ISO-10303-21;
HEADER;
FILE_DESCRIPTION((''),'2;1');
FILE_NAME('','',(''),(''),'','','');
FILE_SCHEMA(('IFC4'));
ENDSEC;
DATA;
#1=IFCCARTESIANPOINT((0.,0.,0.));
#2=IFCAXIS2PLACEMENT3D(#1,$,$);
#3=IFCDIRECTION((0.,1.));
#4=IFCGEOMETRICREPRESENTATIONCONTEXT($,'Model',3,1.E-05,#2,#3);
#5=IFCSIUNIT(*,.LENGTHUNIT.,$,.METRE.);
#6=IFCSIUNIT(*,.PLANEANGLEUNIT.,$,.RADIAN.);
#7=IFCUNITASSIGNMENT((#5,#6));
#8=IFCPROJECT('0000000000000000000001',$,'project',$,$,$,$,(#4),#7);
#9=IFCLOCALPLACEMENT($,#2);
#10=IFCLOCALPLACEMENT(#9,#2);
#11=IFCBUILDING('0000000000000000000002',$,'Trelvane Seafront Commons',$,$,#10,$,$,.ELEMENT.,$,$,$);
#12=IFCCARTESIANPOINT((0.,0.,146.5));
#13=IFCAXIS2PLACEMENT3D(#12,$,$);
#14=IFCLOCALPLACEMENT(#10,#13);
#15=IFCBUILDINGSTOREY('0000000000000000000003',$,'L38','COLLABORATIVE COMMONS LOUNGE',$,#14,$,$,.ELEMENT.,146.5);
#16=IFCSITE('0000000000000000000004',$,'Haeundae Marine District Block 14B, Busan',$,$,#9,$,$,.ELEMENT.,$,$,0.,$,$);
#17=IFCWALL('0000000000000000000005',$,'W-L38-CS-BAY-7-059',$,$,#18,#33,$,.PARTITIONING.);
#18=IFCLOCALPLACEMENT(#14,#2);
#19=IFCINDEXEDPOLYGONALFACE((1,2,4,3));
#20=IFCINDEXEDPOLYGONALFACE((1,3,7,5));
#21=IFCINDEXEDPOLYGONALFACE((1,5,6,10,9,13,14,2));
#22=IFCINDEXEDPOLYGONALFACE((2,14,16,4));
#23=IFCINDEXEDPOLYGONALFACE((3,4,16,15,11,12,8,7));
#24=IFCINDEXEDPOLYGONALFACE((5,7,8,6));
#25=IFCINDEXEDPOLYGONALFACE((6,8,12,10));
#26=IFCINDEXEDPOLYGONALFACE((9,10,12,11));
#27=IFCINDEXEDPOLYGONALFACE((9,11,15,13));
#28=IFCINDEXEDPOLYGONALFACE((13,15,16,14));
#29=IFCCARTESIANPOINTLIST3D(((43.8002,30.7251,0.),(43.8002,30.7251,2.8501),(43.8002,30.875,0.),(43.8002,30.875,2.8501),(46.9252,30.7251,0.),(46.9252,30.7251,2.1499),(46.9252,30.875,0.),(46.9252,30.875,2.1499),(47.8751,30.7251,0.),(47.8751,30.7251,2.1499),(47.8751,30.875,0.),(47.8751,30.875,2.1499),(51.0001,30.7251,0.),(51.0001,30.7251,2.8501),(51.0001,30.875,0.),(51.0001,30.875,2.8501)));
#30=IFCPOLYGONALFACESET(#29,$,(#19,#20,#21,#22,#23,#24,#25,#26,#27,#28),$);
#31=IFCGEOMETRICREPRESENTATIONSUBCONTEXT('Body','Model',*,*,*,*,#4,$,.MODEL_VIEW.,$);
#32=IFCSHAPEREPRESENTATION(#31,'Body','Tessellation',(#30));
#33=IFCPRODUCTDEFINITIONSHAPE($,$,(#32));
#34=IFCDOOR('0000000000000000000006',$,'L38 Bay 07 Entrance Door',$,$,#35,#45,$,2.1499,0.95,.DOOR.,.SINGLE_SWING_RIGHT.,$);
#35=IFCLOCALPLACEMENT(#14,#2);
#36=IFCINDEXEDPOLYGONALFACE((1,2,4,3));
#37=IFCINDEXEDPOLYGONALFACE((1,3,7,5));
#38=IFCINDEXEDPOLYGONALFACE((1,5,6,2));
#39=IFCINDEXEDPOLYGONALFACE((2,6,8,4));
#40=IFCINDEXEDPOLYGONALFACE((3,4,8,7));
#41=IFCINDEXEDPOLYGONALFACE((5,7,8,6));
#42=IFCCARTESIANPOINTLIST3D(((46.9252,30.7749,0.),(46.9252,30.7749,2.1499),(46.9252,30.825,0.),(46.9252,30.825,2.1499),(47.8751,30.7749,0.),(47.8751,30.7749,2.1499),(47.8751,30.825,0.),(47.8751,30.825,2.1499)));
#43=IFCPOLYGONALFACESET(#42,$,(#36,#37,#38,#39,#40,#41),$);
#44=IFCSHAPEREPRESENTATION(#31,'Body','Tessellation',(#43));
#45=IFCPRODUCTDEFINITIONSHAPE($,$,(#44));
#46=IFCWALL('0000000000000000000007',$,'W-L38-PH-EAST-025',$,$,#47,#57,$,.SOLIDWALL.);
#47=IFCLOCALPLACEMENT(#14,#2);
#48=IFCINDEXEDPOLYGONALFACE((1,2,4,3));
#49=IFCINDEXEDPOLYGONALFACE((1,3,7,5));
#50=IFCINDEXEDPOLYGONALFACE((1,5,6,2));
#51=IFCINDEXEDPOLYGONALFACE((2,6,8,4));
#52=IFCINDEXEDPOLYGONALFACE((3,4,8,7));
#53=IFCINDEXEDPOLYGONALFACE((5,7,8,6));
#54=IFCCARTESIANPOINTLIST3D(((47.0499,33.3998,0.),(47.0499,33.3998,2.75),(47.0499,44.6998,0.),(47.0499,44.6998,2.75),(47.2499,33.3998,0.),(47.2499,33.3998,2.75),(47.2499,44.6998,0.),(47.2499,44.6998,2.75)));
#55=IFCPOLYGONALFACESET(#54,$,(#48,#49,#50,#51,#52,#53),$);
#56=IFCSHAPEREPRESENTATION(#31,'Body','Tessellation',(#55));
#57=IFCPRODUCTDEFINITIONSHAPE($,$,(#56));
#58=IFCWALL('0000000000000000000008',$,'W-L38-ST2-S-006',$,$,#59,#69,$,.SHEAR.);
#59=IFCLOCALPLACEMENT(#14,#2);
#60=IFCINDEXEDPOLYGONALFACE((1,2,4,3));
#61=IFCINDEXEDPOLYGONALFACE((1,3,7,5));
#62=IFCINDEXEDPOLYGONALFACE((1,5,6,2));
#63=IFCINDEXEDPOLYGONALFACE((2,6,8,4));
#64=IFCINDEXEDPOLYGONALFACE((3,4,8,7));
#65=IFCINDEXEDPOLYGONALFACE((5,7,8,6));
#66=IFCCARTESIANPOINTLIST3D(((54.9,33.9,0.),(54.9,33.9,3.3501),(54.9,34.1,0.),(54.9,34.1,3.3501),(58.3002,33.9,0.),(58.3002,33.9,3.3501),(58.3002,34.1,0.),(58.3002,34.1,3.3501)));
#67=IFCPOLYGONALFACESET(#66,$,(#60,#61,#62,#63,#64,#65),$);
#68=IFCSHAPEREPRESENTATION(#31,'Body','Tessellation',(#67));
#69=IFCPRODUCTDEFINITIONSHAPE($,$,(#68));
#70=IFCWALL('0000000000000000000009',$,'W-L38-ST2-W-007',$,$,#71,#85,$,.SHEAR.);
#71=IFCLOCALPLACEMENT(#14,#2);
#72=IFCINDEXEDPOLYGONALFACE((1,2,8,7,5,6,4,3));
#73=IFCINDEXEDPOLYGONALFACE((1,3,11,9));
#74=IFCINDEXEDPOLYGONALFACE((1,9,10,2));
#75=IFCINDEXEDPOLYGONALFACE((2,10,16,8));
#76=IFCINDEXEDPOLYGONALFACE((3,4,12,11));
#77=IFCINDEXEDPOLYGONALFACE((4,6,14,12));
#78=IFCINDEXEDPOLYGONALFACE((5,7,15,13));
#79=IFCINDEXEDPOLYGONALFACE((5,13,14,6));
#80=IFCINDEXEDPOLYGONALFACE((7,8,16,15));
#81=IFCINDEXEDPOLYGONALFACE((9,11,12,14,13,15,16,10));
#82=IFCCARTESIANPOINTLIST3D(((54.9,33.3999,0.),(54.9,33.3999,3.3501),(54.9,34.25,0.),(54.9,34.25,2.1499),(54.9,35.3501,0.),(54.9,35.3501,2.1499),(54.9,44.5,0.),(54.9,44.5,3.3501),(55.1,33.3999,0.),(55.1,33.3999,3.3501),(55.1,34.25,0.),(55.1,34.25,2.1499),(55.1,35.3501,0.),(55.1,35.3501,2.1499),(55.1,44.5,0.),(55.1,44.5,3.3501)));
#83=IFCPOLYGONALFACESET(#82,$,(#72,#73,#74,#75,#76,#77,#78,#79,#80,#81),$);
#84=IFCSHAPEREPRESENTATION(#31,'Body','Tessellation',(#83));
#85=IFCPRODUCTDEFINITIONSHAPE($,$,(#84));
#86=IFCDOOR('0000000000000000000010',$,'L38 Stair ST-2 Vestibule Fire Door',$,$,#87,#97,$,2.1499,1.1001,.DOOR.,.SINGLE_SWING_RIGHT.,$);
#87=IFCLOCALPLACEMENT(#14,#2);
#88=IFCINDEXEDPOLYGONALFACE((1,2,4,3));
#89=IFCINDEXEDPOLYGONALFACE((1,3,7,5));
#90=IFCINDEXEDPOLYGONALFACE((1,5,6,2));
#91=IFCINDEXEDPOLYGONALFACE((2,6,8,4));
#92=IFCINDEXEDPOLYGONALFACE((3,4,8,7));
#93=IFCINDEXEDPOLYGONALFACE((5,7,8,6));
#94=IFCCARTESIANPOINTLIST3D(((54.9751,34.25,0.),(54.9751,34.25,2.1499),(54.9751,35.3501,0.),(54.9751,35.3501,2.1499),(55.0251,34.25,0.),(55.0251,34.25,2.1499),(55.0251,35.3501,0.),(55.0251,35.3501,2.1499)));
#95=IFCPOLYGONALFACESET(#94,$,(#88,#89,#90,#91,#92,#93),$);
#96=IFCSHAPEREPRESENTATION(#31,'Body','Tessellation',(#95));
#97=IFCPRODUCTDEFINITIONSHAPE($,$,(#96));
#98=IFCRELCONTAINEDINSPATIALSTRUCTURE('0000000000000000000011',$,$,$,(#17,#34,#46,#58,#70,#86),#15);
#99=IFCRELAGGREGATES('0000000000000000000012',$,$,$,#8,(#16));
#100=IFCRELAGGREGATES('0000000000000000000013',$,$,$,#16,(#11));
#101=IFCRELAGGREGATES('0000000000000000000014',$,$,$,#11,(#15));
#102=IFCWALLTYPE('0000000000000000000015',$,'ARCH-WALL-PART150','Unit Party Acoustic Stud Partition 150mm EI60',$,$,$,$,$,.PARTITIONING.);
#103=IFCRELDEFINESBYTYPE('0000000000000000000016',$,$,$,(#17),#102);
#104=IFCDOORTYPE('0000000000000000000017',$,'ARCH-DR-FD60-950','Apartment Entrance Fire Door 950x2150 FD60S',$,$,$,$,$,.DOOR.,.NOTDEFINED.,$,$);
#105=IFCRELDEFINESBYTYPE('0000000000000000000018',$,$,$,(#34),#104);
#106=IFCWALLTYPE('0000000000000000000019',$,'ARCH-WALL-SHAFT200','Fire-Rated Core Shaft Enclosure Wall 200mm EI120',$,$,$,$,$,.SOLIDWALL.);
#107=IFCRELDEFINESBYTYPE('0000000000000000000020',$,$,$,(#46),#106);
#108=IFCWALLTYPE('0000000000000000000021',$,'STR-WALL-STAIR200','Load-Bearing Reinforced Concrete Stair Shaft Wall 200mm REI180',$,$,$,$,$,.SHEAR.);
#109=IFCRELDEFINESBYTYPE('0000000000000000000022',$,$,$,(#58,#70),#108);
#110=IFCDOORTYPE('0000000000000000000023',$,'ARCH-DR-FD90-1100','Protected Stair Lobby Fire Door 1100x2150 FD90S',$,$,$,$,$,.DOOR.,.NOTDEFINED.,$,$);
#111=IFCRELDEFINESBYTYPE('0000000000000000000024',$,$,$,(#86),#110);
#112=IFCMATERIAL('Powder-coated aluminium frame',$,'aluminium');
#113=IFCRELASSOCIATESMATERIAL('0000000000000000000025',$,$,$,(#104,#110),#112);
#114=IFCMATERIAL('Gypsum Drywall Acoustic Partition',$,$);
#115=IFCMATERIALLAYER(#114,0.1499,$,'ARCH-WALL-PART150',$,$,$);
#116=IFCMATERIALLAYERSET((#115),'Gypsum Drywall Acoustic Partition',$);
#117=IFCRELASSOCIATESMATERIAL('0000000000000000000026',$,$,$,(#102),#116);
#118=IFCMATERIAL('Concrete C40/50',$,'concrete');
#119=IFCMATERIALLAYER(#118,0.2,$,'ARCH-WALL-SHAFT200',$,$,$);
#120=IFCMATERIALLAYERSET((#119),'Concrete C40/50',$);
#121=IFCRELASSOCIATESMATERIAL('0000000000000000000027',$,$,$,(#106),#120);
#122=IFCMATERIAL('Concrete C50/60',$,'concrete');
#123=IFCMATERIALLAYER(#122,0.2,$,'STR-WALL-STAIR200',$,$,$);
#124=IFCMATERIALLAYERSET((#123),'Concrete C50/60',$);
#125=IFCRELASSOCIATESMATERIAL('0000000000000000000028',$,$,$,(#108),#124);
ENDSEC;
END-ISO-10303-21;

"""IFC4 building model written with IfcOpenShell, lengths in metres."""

from ifc_helpers import new_model, si_unit, direction, frame, frame_2d, origin, place, context, subcontext, project, spatial, rectangle, extrude, source, transform, mapped, material, layer, layer_set, type_object, element, fill, save


model = new_model("IFC4")

# Units and contexts
model_context = context("Model", 3, precision=1e-05, world=origin(), true_north=direction((0.0, 1.0)))
body_context = subcontext(model_context, "Body", "Model", "MODEL_VIEW")
ifc_project = project(units=[si_unit("LENGTHUNIT", "METRE"), si_unit("PLANEANGLEUNIT", "RADIAN")], contexts=[model_context])

# Site, building, storey
site_placement = place(None, origin())
site = spatial("IfcSite", under=ifc_project, at=site_placement, Name="Haeundae Marine District Block 14B, Busan", CompositionType="ELEMENT", RefElevation=0.0)
building_placement = place(site_placement, origin())
building = spatial("IfcBuilding", under=site, at=building_placement, Name="Trelvane Seafront Commons", CompositionType="ELEMENT")
storey_placement = place(building_placement, frame((0.0, 0.0, 146.5)))
storey = spatial("IfcBuildingStorey", under=building, at=storey_placement, Name="L38", Description="COLLABORATIVE COMMONS LOUNGE", CompositionType="ELEMENT", Elevation=146.5)

# Shared definitions
ifc_material_1 = material(Name="Concrete C50/60", Category="concrete")

# Shared definitions
ifc_material_2 = material(Name="Concrete C40/50", Category="concrete")
ifc_material_3 = material(Name="Powder-coated aluminium frame", Category="aluminium")
door_type_1 = type_object("IfcDoorType", Name="ARCH-DR-FD60-950", Description="Apartment Entrance Fire Door 950x2150 FD60S", OperationType="NOTDEFINED", PredefinedType="DOOR", material=ifc_material_3)
shared_shape_1 = source(origin(), body_context, "Body", "SweptSolid", [
    extrude(rectangle(XDim=0.95, YDim=2.1499, at=frame_2d((0.4751, 1.075))), frame((0.0, 0.0249, 0.0), z_axis=(0.0, -1.0, 0.0), x_axis=(1.0, 0.0, 0.0)), (0.0, 0.0, 1.0), 0.05),
])

# Wall, opening, door
ifc_material_4 = material(Name="Gypsum Drywall Acoustic Partition")
ifc_layer_1 = layer(ifc_material_4, 0.1499, Name="ARCH-WALL-PART150")
ifc_layer_set_1 = layer_set([ifc_layer_1], Name="Gypsum Drywall Acoustic Partition")
wall_type_1 = type_object("IfcWallType", Name="ARCH-WALL-PART150", Description="Unit Party Acoustic Stud Partition 150mm EI60", PredefinedType="PARTITIONING", material=ifc_layer_set_1)
wall_1_placement = place(storey_placement, frame((43.8, 30.8, 0.0), z_axis=(0.0, 0.0, 1.0), x_axis=(1.0, 0.0, 0.0)))
wall_1 = element("IfcWall", 1, at=wall_1_placement, inside=storey, type_object=wall_type_1, Name="W-L38-CS-BAY-7-059", PredefinedType="PARTITIONING", context=body_context, shape_type="SweptSolid", body=[
    extrude(rectangle(XDim=7.2, YDim=0.1499, at=frame_2d((3.6001, 0.0))), origin(), (0.0, 0.0, 1.0), 2.8501),
])
opening_1_placement = place(wall_1_placement, frame((3.125, 0.0, 0.0)))
opening_1 = element("IfcOpeningElement", 2, at=opening_1_placement, cuts=wall_1, PredefinedType="OPENING", context=body_context, shape_type="SweptSolid", body=[
    extrude(rectangle(XDim=0.95, YDim=2.1499, at=frame_2d((0.4751, 1.075))), frame((0.0, 0.085, 0.0), z_axis=(0.0, -1.0, 0.0), x_axis=(1.0, 0.0, 0.0)), (0.0, 0.0, 1.0), 0.1699),
])
door_1_placement = place(opening_1_placement, origin())
door_1 = element("IfcDoor", 3, at=door_1_placement, inside=storey, type_object=door_type_1, Name="L38 Bay 07 Entrance Door", OperationType="SINGLE_SWING_RIGHT", OverallHeight=2.1499, OverallWidth=0.95, PredefinedType="DOOR", context=body_context, shape_type="MappedRepresentation", body=[
    mapped(shared_shape_1, transform((0.0, 0.0, 0.0), x_axis=(1.0, 0.0, 0.0), y_axis=(0.0, 1.0, 0.0), z_axis=(0.0, 0.0, 1.0), scale=1.0)),
])
fill(opening_1, door_1)

# Walls
ifc_layer_2 = layer(ifc_material_2, 0.2, Name="ARCH-WALL-SHAFT200")
ifc_layer_set_2 = layer_set([ifc_layer_2], Name="Concrete C40/50")
wall_type_2 = type_object("IfcWallType", Name="ARCH-WALL-SHAFT200", Description="Fire-Rated Core Shaft Enclosure Wall 200mm EI120", PredefinedType="SOLIDWALL", material=ifc_layer_set_2)
wall_2_placement = place(storey_placement, frame((47.1499, 33.3999, 0.0), z_axis=(0.0, 0.0, 1.0), x_axis=(0.0, 1.0, 0.0)))
element("IfcWall", 4, at=wall_2_placement, inside=storey, type_object=wall_type_2, Name="W-L38-PH-EAST-025", PredefinedType="SOLIDWALL", context=body_context, shape_type="SweptSolid", body=[
    extrude(rectangle(XDim=11.3, YDim=0.2, at=frame_2d((5.6499, 0.0))), origin(), (0.0, 0.0, 1.0), 2.75),
])
ifc_layer_3 = layer(ifc_material_1, 0.2, Name="STR-WALL-STAIR200")
ifc_layer_set_3 = layer_set([ifc_layer_3], Name="Concrete C50/60")
wall_type_3 = type_object("IfcWallType", Name="STR-WALL-STAIR200", Description="Load-Bearing Reinforced Concrete Stair Shaft Wall 200mm REI180", PredefinedType="SHEAR", material=ifc_layer_set_3)
wall_3_placement = place(storey_placement, frame((54.8999, 34.0, 0.0), z_axis=(0.0, 0.0, 1.0), x_axis=(1.0, 0.0, 0.0)))
element("IfcWall", 5, at=wall_3_placement, inside=storey, type_object=wall_type_3, Name="W-L38-ST2-S-006", PredefinedType="SHEAR", context=body_context, shape_type="SweptSolid", body=[
    extrude(rectangle(XDim=3.4001, YDim=0.2, at=frame_2d((1.7002, 0.0))), origin(), (0.0, 0.0, 1.0), 3.3501),
])

# Wall, opening, door
wall_4_placement = place(storey_placement, frame((55.0, 33.3999, 0.0), z_axis=(0.0, 0.0, 1.0), x_axis=(0.0, 1.0, 0.0)))
wall_4 = element("IfcWall", 6, at=wall_4_placement, inside=storey, type_object=wall_type_3, Name="W-L38-ST2-W-007", PredefinedType="SHEAR", context=body_context, shape_type="SweptSolid", body=[
    extrude(rectangle(XDim=11.1001, YDim=0.2, at=frame_2d((5.55, 0.0))), origin(), (0.0, 0.0, 1.0), 3.3501),
])
opening_2_placement = place(wall_4_placement, frame((0.8501, 0.0, 0.0)))
opening_2 = element("IfcOpeningElement", 7, at=opening_2_placement, cuts=wall_4, PredefinedType="OPENING", context=body_context, shape_type="SweptSolid", body=[
    extrude(rectangle(XDim=1.1001, YDim=2.1499, at=frame_2d((0.55, 1.075))), frame((0.0, 0.1099, 0.0), z_axis=(0.0, -1.0, 0.0), x_axis=(1.0, 0.0, 0.0)), (0.0, 0.0, 1.0), 0.22),
])
door_type_2 = type_object("IfcDoorType", Name="ARCH-DR-FD90-1100", Description="Protected Stair Lobby Fire Door 1100x2150 FD90S", OperationType="NOTDEFINED", PredefinedType="DOOR", material=ifc_material_3)
shared_shape_2 = source(origin(), body_context, "Body", "SweptSolid", [
    extrude(rectangle(XDim=1.1001, YDim=2.1499, at=frame_2d((0.55, 1.075))), frame((0.0, 0.0249, 0.0), z_axis=(0.0, -1.0, 0.0), x_axis=(1.0, 0.0, 0.0)), (0.0, 0.0, 1.0), 0.05),
])
door_2_placement = place(opening_2_placement, origin())
door_2 = element("IfcDoor", 8, at=door_2_placement, inside=storey, type_object=door_type_2, Name="L38 Stair ST-2 Vestibule Fire Door", OperationType="SINGLE_SWING_RIGHT", OverallHeight=2.1499, OverallWidth=1.1001, PredefinedType="DOOR", context=body_context, shape_type="MappedRepresentation", body=[
    mapped(shared_shape_2, transform((0.0, 0.0, 0.0), x_axis=(1.0, 0.0, 0.0), y_axis=(0.0, 1.0, 0.0), z_axis=(0.0, 0.0, 1.0), scale=1.0)),
])
fill(opening_2, door_2)

save(model, "model.ifc")
